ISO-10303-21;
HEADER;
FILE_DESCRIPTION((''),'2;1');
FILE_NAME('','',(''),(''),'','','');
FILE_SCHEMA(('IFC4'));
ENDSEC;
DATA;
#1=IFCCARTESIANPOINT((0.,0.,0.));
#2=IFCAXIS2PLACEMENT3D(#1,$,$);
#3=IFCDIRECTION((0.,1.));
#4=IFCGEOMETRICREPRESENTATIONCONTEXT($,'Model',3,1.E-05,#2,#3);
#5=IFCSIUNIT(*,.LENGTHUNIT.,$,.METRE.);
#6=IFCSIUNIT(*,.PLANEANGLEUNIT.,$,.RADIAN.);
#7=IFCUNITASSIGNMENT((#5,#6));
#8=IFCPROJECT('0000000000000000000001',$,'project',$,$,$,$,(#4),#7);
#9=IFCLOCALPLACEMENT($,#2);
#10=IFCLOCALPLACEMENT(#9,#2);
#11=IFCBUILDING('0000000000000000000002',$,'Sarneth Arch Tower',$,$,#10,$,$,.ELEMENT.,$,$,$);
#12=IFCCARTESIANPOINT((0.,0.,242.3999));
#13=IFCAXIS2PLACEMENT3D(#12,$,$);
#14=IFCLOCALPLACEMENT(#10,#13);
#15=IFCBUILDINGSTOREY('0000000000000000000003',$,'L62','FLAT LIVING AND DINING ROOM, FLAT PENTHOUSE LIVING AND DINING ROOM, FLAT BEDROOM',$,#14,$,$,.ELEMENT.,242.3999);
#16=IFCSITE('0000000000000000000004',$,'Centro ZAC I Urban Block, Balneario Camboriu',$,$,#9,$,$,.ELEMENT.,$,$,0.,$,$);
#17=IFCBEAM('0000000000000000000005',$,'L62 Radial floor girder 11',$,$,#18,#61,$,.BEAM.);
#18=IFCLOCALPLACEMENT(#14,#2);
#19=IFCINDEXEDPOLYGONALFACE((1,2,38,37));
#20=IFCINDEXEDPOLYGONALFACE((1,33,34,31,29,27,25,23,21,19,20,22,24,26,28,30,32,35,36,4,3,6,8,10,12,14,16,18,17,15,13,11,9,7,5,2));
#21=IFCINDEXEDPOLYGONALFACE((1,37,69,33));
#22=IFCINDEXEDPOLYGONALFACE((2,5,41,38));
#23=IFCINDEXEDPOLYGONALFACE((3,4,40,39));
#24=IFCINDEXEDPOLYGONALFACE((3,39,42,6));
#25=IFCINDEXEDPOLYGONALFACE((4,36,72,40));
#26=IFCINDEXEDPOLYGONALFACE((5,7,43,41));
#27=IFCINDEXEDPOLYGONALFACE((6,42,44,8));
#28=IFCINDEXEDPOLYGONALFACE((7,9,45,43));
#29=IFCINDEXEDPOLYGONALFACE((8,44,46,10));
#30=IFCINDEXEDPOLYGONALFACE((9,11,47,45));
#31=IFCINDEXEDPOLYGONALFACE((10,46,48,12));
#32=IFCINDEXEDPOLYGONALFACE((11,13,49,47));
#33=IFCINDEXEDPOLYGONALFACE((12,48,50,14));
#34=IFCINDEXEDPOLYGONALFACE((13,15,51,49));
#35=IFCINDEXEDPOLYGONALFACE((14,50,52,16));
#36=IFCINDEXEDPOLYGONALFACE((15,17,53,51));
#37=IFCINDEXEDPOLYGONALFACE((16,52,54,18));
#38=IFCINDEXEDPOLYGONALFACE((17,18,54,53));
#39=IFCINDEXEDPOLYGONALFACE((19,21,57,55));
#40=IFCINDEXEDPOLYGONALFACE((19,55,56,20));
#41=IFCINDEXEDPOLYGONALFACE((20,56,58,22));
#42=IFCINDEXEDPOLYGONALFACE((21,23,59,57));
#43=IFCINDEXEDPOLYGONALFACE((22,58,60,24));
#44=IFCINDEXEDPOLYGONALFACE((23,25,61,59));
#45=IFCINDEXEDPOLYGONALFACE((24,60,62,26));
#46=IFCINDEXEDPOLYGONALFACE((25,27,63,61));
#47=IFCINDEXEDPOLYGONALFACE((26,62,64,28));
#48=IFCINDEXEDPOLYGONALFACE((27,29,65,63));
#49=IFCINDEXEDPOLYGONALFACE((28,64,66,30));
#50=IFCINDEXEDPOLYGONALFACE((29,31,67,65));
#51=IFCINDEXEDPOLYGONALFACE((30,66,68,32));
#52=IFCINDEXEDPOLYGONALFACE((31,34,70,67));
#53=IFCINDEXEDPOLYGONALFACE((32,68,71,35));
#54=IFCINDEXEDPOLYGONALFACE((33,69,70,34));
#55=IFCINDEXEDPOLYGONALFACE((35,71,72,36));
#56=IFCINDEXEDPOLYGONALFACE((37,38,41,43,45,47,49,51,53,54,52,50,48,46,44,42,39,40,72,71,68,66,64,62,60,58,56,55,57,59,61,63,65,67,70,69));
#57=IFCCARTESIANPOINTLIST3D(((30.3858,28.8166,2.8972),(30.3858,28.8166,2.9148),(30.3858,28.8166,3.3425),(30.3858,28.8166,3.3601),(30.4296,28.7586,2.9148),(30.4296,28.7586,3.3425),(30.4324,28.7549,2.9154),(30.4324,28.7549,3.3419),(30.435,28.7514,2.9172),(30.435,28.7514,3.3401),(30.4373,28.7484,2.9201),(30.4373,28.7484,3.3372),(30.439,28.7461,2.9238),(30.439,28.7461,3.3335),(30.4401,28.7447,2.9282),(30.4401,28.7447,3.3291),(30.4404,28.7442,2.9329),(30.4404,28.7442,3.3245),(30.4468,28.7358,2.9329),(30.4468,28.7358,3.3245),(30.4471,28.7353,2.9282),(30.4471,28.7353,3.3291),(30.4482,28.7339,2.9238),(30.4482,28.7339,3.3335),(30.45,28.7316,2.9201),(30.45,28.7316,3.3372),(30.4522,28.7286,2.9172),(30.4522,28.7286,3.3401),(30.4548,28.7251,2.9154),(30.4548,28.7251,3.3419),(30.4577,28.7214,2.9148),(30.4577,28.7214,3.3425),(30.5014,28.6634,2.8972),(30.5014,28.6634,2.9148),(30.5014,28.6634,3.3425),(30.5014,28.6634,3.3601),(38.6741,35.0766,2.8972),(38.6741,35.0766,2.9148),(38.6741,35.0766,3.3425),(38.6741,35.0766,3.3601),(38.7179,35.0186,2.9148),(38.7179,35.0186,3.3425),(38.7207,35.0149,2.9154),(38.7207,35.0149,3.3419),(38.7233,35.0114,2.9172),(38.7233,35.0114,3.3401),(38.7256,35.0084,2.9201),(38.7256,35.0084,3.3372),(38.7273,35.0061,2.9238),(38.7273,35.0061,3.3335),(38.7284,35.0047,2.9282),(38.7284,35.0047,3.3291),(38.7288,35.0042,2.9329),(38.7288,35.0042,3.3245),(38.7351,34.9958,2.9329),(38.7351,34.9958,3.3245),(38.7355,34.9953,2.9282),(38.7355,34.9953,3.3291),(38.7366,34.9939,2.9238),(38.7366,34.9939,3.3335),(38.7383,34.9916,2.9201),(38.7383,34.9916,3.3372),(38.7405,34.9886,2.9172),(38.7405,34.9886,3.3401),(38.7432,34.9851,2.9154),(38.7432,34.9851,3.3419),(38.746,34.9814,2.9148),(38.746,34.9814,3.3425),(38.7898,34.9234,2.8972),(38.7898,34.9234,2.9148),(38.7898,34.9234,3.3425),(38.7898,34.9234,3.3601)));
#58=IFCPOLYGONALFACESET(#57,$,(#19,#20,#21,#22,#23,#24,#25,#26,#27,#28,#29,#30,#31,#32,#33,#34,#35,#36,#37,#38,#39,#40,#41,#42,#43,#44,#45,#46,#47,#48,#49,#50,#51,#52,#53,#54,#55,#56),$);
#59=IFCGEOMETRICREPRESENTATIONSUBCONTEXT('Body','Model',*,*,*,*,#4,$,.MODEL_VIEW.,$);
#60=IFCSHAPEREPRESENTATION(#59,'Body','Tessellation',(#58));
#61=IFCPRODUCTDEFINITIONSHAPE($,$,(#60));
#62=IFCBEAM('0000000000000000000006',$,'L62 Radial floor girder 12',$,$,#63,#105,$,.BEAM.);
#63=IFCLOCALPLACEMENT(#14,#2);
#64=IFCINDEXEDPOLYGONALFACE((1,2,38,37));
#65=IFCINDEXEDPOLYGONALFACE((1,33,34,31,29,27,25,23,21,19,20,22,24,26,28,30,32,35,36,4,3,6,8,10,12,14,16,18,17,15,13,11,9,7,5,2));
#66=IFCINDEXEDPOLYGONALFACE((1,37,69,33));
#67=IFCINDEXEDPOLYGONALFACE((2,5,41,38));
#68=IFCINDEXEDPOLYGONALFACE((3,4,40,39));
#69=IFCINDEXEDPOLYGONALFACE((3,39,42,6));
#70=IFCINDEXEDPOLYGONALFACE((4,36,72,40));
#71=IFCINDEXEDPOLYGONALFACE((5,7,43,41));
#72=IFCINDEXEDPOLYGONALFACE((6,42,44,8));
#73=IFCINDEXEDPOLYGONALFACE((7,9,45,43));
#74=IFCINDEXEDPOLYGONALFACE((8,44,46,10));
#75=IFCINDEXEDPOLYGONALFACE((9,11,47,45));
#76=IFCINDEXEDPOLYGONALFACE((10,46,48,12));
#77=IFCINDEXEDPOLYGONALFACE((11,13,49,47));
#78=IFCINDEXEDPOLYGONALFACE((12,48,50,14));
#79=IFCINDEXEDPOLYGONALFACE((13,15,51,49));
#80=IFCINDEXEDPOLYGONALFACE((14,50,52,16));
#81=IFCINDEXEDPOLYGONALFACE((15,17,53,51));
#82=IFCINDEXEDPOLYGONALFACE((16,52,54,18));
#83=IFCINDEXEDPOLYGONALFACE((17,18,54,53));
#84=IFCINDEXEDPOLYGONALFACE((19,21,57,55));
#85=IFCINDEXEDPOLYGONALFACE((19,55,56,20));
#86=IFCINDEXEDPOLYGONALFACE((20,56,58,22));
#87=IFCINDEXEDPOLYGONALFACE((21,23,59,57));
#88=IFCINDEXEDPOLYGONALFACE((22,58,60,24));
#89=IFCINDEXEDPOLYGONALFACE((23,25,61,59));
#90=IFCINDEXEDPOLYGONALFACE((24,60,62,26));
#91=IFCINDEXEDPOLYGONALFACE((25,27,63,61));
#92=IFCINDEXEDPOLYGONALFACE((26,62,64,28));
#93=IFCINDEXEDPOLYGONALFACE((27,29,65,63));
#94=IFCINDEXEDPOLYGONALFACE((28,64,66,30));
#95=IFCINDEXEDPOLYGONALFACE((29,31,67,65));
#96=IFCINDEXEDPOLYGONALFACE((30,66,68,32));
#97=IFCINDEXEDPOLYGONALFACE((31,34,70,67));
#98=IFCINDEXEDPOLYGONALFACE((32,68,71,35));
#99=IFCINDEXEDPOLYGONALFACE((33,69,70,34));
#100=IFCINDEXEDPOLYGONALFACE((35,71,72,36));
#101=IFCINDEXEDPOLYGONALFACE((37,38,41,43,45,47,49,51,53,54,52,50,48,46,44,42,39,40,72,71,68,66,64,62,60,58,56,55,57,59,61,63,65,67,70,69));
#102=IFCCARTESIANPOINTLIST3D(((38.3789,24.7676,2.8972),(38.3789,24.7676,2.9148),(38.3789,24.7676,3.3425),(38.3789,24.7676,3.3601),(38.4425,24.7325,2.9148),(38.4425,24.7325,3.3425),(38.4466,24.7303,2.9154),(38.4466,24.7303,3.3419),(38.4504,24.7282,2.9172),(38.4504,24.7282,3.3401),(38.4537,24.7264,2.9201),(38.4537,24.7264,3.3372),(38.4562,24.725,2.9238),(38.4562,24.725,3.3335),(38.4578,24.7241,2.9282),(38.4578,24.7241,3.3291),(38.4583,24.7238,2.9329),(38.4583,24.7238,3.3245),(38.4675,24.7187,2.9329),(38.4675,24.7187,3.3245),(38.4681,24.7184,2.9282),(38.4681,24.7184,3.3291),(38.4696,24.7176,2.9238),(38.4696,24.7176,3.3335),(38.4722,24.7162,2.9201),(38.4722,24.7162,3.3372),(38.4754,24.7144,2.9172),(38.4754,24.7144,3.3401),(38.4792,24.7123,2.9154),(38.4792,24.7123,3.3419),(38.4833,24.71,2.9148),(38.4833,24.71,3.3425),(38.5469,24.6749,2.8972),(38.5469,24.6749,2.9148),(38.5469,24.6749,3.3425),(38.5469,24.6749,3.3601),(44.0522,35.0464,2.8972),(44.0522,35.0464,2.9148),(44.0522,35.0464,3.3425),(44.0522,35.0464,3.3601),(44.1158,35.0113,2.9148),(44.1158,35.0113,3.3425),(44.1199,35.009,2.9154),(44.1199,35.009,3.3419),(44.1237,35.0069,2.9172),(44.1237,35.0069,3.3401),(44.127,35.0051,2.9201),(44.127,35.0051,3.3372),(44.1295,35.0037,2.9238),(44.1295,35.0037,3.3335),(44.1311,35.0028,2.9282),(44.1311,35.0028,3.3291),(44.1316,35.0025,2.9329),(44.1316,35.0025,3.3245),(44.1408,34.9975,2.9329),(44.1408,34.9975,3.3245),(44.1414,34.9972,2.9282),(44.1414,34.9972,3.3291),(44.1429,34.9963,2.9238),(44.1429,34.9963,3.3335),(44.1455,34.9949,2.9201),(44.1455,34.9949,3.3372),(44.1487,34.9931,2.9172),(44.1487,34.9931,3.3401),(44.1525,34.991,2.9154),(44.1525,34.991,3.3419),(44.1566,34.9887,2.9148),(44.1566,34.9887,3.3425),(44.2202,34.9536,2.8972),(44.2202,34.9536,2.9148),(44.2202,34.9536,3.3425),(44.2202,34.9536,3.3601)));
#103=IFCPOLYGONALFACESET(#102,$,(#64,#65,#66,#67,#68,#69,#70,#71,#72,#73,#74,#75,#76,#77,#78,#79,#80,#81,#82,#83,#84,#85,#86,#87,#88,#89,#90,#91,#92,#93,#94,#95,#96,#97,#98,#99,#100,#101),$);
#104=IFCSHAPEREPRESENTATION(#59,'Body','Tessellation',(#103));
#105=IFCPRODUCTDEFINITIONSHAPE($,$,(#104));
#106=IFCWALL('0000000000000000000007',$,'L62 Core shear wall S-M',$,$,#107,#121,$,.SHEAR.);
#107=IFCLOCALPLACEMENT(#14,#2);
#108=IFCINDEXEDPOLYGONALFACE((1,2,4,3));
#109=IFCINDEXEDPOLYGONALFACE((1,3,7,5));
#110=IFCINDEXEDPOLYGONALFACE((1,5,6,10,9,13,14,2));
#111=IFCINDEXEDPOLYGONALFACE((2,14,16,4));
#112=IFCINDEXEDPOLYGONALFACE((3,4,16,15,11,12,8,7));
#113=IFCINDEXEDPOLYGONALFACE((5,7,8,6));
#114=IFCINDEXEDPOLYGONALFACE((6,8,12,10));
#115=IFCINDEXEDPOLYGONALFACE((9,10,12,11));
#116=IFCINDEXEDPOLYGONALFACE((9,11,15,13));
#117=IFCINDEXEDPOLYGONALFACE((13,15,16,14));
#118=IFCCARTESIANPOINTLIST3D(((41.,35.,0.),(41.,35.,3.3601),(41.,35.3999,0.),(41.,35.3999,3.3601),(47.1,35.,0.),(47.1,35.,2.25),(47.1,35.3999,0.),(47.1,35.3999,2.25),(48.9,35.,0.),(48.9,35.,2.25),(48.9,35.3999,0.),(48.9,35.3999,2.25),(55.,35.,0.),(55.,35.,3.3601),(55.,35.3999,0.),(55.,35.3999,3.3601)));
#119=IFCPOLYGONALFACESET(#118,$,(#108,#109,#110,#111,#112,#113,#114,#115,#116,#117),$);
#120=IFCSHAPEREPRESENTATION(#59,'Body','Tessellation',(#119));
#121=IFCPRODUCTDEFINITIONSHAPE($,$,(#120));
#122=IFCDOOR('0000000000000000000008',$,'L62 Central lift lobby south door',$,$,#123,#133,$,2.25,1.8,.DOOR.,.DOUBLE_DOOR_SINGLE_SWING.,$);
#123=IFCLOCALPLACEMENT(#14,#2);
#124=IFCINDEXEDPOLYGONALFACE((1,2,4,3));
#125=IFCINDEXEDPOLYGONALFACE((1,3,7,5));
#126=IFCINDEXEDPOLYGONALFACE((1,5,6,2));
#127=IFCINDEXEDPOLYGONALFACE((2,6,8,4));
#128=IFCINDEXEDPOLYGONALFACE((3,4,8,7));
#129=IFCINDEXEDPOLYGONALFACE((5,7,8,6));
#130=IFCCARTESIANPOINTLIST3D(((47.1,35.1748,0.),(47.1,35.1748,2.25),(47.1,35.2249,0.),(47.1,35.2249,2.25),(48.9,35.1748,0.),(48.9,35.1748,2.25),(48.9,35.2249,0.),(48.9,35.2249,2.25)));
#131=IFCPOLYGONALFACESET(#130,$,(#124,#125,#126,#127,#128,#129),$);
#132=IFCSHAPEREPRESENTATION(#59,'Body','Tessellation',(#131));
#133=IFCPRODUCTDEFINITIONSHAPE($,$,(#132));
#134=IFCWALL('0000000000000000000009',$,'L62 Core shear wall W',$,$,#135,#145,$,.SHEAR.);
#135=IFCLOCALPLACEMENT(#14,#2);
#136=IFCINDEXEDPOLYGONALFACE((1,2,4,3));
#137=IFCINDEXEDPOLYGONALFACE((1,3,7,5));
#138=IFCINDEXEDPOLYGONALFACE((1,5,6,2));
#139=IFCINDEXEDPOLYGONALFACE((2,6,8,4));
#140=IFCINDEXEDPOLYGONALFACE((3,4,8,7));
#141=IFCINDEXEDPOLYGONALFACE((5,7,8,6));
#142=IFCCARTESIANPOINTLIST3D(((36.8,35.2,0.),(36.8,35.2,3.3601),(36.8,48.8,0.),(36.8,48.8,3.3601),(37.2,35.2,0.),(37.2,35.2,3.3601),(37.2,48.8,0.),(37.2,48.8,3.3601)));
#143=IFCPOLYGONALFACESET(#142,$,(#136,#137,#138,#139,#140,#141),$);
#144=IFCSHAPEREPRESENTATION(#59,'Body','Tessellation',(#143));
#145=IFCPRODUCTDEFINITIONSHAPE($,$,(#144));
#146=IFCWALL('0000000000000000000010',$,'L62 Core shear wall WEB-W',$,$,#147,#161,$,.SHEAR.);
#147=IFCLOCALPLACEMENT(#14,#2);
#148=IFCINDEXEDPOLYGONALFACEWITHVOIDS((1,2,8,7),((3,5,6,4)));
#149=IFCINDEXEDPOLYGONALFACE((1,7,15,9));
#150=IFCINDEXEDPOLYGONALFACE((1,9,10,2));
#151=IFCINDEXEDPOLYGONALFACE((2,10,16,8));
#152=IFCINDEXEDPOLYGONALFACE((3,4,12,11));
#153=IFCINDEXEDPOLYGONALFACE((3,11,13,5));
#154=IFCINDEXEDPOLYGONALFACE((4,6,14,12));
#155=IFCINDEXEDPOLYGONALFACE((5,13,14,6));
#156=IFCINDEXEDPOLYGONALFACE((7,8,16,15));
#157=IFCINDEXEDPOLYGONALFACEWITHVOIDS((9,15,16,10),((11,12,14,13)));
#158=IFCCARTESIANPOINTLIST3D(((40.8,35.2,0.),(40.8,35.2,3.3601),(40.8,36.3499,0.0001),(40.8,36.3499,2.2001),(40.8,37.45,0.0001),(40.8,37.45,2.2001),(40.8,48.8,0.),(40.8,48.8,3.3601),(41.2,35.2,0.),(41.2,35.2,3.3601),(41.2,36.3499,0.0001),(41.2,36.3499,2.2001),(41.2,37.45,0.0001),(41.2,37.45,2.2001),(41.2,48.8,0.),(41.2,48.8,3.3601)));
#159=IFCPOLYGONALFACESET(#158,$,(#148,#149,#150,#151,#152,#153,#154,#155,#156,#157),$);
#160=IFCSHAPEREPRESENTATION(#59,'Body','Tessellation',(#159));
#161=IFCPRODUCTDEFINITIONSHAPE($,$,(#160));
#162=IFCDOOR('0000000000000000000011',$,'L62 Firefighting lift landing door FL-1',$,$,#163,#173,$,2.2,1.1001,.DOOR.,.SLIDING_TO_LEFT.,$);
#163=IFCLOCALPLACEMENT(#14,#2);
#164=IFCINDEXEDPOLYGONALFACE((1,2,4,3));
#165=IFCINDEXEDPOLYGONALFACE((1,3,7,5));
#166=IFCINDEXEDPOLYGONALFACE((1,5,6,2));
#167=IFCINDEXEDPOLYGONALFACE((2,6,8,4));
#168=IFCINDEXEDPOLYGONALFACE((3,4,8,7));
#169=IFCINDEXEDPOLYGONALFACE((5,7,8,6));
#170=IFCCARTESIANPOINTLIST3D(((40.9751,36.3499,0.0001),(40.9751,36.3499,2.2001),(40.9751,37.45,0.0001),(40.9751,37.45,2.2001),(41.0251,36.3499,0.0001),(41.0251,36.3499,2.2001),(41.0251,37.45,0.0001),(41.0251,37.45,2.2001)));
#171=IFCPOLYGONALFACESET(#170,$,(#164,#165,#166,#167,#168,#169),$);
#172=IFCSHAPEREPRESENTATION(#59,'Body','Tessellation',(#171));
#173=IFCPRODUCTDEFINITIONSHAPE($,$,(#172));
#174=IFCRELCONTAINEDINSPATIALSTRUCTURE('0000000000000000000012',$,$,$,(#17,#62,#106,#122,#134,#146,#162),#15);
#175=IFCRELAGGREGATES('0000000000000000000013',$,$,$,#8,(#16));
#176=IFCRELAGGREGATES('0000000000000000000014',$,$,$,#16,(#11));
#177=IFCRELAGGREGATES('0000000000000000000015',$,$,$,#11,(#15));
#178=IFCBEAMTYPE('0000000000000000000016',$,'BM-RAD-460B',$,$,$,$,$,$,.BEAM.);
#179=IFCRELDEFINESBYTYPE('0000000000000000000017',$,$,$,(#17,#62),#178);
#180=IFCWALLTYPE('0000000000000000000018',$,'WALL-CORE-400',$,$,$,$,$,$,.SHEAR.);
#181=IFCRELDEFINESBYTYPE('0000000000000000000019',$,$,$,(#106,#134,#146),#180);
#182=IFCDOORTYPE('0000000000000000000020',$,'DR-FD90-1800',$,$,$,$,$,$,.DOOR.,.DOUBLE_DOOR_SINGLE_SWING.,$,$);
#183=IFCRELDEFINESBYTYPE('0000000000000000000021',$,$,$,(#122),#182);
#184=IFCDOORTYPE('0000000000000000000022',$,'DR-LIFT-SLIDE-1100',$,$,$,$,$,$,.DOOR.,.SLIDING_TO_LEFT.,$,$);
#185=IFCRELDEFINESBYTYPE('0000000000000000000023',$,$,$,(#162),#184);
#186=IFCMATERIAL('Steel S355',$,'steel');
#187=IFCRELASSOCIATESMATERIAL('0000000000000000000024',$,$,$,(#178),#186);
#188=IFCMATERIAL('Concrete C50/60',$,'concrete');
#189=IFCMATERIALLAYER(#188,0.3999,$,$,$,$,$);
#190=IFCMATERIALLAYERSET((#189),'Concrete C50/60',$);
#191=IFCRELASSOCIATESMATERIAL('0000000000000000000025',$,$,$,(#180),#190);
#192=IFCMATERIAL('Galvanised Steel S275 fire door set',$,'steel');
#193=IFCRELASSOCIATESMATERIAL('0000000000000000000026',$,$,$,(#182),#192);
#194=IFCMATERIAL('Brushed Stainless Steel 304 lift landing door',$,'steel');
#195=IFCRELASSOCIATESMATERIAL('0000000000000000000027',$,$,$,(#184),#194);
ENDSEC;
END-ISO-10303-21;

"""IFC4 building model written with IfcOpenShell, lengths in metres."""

from ifc_helpers import new_model, si_unit, direction, frame, frame_2d, origin, origin_2d, place, context, subcontext, project, spatial, rectangle, i_section, extrude, material, layer, layer_set, material_profile, profile_set, type_object, element, fill, save


model = new_model("IFC4")

# Units and contexts
model_context = context("Model", 3, precision=1e-05, world=origin(), true_north=direction((0.0, 1.0)))
body_context = subcontext(model_context, "Body", "Model", "MODEL_VIEW")
ifc_project = project(units=[si_unit("LENGTHUNIT", "METRE"), si_unit("PLANEANGLEUNIT", "RADIAN")], contexts=[model_context])

# Site, building, storey
site_placement = place(None, origin())
site = spatial("IfcSite", under=ifc_project, at=site_placement, Name="Centro ZAC I Urban Block, Balneario Camboriu", CompositionType="ELEMENT", RefElevation=0.0)
building_placement = place(site_placement, origin())
building = spatial("IfcBuilding", under=site, at=building_placement, Name="Sarneth Arch Tower", CompositionType="ELEMENT")
storey_placement = place(building_placement, frame((0.0, 0.0, 242.3999)))
storey = spatial("IfcBuildingStorey", under=building, at=storey_placement, Name="L62", Description="FLAT LIVING AND DINING ROOM, FLAT PENTHOUSE LIVING AND DINING ROOM, FLAT BEDROOM", CompositionType="ELEMENT", Elevation=242.3999)

# Beams
ifc_material_1 = material(Name="Steel S355", Category="steel")
ifc_material_profile_1 = material_profile(ifc_material_1, i_section(OverallWidth=0.1919, OverallDepth=0.4629, WebThickness=0.0105, FlangeThickness=0.0176, FilletRadius=0.0181, at=origin_2d()), Name="W460x89")
ifc_profile_set_1 = profile_set([ifc_material_profile_1], Name="Steel S355")
beam_type_1 = type_object("IfcBeamType", Name="BM-RAD-460B", PredefinedType="BEAM", material=ifc_profile_set_1)
beam_1_placement = place(storey_placement, frame((38.7319, 35.0, 3.1287), z_axis=(-0.797973, -0.602693, 0.0), x_axis=(0.602693, -0.797973, 0.0)))
element("IfcBeam", 1, at=beam_1_placement, inside=storey, type_object=beam_type_1, Name="L62 Radial floor girder 11", PredefinedType="BEAM", context=body_context, shape_type="SweptSolid", body=[
    extrude(i_section(OverallWidth=0.1919, OverallDepth=0.4629, WebThickness=0.0105, FlangeThickness=0.0176, FilletRadius=0.0181, at=origin_2d()), origin(), (0.0, 0.0, 1.0), 10.3867),
])
beam_2_placement = place(storey_placement, frame((44.1362, 35.0, 3.1287), z_axis=(-0.483226, -0.875496, 0.0), x_axis=(0.875496, -0.483226, 0.0)))
element("IfcBeam", 2, at=beam_2_placement, inside=storey, type_object=beam_type_1, Name="L62 Radial floor girder 12", PredefinedType="BEAM", context=body_context, shape_type="SweptSolid", body=[
    extrude(i_section(OverallWidth=0.1919, OverallDepth=0.4629, WebThickness=0.0105, FlangeThickness=0.0176, FilletRadius=0.0181, at=origin_2d()), origin(), (0.0, 0.0, 1.0), 11.7405),
])

# Wall, opening, door
ifc_material_2 = material(Name="Concrete C50/60", Category="concrete")
ifc_layer_1 = layer(ifc_material_2, 0.3999)
ifc_layer_set_1 = layer_set([ifc_layer_1], Name="Concrete C50/60")
wall_type_1 = type_object("IfcWallType", Name="WALL-CORE-400", PredefinedType="SHEAR", material=ifc_layer_set_1)
wall_1_placement = place(storey_placement, frame((41.0, 35.2, 0.0), z_axis=(0.0, 0.0, 1.0), x_axis=(1.0, 0.0, 0.0)))
wall_1 = element("IfcWall", 3, at=wall_1_placement, inside=storey, type_object=wall_type_1, Name="L62 Core shear wall S-M", PredefinedType="SHEAR", context=body_context, shape_type="SweptSolid", body=[
    extrude(rectangle(XDim=14.0, YDim=0.3999, at=frame_2d((7.0, 0.0))), origin(), (0.0, 0.0, 1.0), 3.3601),
])
opening_1_placement = place(wall_1_placement, frame((6.1001, 0.0, 0.0)))
opening_1 = element("IfcOpeningElement", 4, at=opening_1_placement, cuts=wall_1, PredefinedType="OPENING", context=body_context, shape_type="SweptSolid", body=[
    extrude(rectangle(XDim=1.8, YDim=2.25, at=frame_2d((0.8999, 1.125))), frame((0.0, 0.21, 0.0), z_axis=(0.0, -1.0, 0.0), x_axis=(1.0, 0.0, 0.0)), (0.0, 0.0, 1.0), 0.4199),
])
ifc_material_3 = material(Name="Galvanised Steel S275 fire door set", Category="steel")
door_type_1 = type_object("IfcDoorType", Name="DR-FD90-1800", OperationType="DOUBLE_DOOR_SINGLE_SWING", PredefinedType="DOOR", material=ifc_material_3)
door_1_placement = place(opening_1_placement, origin())
door_1 = element("IfcDoor", 5, at=door_1_placement, inside=storey, type_object=door_type_1, Name="L62 Central lift lobby south door", OperationType="DOUBLE_DOOR_SINGLE_SWING", OverallHeight=2.25, OverallWidth=1.8, PredefinedType="DOOR", context=body_context, shape_type="SweptSolid", body=[
    extrude(rectangle(XDim=1.8, YDim=2.25, at=frame_2d((0.8999, 1.125))), frame((0.0, 0.0249, 0.0), z_axis=(0.0, -1.0, 0.0), x_axis=(1.0, 0.0, 0.0)), (0.0, 0.0, 1.0), 0.05),
])
fill(opening_1, door_1)

# Wall
wall_2_placement = place(storey_placement, frame((37.0, 35.2, 0.0), z_axis=(0.0, 0.0, 1.0), x_axis=(0.0, 1.0, 0.0)))
element("IfcWall", 6, at=wall_2_placement, inside=storey, type_object=wall_type_1, Name="L62 Core shear wall W", PredefinedType="SHEAR", context=body_context, shape_type="SweptSolid", body=[
    extrude(rectangle(XDim=13.6001, YDim=0.3999, at=frame_2d((6.8, 0.0))), origin(), (0.0, 0.0, 1.0), 3.3601),
])

# Wall, opening, door
wall_3_placement = place(storey_placement, frame((41.0, 35.2, 0.0), z_axis=(0.0, 0.0, 1.0), x_axis=(0.0, 1.0, 0.0)))
wall_3 = element("IfcWall", 7, at=wall_3_placement, inside=storey, type_object=wall_type_1, Name="L62 Core shear wall WEB-W", PredefinedType="SHEAR", context=body_context, shape_type="SweptSolid", body=[
    extrude(rectangle(XDim=13.6001, YDim=0.3999, at=frame_2d((6.8, 0.0))), origin(), (0.0, 0.0, 1.0), 3.3601),
])
opening_2_placement = place(wall_3_placement, frame((1.1499, 0.0, 0.0)))
opening_2 = element("IfcOpeningElement", 8, at=opening_2_placement, cuts=wall_3, PredefinedType="OPENING", context=body_context, shape_type="SweptSolid", body=[
    extrude(rectangle(XDim=1.1001, YDim=2.2, at=frame_2d((0.55, 1.1001))), frame((0.0, 0.21, 0.0), z_axis=(0.0, -1.0, 0.0), x_axis=(1.0, 0.0, 0.0)), (0.0, 0.0, 1.0), 0.4199),
])
ifc_material_4 = material(Name="Brushed Stainless Steel 304 lift landing door", Category="steel")
door_type_2 = type_object("IfcDoorType", Name="DR-LIFT-SLIDE-1100", OperationType="SLIDING_TO_LEFT", PredefinedType="DOOR", material=ifc_material_4)
door_2_placement = place(opening_2_placement, origin())
door_2 = element("IfcDoor", 9, at=door_2_placement, inside=storey, type_object=door_type_2, Name="L62 Firefighting lift landing door FL-1", OperationType="SLIDING_TO_LEFT", OverallHeight=2.2, OverallWidth=1.1001, PredefinedType="DOOR", context=body_context, shape_type="SweptSolid", body=[
    extrude(rectangle(XDim=1.1001, YDim=2.2, at=frame_2d((0.55, 1.1001))), frame((0.0, 0.0249, 0.0), z_axis=(0.0, -1.0, 0.0), x_axis=(1.0, 0.0, 0.0)), (0.0, 0.0, 1.0), 0.05),
])
fill(opening_2, door_2)

save(model, "model.ifc")
